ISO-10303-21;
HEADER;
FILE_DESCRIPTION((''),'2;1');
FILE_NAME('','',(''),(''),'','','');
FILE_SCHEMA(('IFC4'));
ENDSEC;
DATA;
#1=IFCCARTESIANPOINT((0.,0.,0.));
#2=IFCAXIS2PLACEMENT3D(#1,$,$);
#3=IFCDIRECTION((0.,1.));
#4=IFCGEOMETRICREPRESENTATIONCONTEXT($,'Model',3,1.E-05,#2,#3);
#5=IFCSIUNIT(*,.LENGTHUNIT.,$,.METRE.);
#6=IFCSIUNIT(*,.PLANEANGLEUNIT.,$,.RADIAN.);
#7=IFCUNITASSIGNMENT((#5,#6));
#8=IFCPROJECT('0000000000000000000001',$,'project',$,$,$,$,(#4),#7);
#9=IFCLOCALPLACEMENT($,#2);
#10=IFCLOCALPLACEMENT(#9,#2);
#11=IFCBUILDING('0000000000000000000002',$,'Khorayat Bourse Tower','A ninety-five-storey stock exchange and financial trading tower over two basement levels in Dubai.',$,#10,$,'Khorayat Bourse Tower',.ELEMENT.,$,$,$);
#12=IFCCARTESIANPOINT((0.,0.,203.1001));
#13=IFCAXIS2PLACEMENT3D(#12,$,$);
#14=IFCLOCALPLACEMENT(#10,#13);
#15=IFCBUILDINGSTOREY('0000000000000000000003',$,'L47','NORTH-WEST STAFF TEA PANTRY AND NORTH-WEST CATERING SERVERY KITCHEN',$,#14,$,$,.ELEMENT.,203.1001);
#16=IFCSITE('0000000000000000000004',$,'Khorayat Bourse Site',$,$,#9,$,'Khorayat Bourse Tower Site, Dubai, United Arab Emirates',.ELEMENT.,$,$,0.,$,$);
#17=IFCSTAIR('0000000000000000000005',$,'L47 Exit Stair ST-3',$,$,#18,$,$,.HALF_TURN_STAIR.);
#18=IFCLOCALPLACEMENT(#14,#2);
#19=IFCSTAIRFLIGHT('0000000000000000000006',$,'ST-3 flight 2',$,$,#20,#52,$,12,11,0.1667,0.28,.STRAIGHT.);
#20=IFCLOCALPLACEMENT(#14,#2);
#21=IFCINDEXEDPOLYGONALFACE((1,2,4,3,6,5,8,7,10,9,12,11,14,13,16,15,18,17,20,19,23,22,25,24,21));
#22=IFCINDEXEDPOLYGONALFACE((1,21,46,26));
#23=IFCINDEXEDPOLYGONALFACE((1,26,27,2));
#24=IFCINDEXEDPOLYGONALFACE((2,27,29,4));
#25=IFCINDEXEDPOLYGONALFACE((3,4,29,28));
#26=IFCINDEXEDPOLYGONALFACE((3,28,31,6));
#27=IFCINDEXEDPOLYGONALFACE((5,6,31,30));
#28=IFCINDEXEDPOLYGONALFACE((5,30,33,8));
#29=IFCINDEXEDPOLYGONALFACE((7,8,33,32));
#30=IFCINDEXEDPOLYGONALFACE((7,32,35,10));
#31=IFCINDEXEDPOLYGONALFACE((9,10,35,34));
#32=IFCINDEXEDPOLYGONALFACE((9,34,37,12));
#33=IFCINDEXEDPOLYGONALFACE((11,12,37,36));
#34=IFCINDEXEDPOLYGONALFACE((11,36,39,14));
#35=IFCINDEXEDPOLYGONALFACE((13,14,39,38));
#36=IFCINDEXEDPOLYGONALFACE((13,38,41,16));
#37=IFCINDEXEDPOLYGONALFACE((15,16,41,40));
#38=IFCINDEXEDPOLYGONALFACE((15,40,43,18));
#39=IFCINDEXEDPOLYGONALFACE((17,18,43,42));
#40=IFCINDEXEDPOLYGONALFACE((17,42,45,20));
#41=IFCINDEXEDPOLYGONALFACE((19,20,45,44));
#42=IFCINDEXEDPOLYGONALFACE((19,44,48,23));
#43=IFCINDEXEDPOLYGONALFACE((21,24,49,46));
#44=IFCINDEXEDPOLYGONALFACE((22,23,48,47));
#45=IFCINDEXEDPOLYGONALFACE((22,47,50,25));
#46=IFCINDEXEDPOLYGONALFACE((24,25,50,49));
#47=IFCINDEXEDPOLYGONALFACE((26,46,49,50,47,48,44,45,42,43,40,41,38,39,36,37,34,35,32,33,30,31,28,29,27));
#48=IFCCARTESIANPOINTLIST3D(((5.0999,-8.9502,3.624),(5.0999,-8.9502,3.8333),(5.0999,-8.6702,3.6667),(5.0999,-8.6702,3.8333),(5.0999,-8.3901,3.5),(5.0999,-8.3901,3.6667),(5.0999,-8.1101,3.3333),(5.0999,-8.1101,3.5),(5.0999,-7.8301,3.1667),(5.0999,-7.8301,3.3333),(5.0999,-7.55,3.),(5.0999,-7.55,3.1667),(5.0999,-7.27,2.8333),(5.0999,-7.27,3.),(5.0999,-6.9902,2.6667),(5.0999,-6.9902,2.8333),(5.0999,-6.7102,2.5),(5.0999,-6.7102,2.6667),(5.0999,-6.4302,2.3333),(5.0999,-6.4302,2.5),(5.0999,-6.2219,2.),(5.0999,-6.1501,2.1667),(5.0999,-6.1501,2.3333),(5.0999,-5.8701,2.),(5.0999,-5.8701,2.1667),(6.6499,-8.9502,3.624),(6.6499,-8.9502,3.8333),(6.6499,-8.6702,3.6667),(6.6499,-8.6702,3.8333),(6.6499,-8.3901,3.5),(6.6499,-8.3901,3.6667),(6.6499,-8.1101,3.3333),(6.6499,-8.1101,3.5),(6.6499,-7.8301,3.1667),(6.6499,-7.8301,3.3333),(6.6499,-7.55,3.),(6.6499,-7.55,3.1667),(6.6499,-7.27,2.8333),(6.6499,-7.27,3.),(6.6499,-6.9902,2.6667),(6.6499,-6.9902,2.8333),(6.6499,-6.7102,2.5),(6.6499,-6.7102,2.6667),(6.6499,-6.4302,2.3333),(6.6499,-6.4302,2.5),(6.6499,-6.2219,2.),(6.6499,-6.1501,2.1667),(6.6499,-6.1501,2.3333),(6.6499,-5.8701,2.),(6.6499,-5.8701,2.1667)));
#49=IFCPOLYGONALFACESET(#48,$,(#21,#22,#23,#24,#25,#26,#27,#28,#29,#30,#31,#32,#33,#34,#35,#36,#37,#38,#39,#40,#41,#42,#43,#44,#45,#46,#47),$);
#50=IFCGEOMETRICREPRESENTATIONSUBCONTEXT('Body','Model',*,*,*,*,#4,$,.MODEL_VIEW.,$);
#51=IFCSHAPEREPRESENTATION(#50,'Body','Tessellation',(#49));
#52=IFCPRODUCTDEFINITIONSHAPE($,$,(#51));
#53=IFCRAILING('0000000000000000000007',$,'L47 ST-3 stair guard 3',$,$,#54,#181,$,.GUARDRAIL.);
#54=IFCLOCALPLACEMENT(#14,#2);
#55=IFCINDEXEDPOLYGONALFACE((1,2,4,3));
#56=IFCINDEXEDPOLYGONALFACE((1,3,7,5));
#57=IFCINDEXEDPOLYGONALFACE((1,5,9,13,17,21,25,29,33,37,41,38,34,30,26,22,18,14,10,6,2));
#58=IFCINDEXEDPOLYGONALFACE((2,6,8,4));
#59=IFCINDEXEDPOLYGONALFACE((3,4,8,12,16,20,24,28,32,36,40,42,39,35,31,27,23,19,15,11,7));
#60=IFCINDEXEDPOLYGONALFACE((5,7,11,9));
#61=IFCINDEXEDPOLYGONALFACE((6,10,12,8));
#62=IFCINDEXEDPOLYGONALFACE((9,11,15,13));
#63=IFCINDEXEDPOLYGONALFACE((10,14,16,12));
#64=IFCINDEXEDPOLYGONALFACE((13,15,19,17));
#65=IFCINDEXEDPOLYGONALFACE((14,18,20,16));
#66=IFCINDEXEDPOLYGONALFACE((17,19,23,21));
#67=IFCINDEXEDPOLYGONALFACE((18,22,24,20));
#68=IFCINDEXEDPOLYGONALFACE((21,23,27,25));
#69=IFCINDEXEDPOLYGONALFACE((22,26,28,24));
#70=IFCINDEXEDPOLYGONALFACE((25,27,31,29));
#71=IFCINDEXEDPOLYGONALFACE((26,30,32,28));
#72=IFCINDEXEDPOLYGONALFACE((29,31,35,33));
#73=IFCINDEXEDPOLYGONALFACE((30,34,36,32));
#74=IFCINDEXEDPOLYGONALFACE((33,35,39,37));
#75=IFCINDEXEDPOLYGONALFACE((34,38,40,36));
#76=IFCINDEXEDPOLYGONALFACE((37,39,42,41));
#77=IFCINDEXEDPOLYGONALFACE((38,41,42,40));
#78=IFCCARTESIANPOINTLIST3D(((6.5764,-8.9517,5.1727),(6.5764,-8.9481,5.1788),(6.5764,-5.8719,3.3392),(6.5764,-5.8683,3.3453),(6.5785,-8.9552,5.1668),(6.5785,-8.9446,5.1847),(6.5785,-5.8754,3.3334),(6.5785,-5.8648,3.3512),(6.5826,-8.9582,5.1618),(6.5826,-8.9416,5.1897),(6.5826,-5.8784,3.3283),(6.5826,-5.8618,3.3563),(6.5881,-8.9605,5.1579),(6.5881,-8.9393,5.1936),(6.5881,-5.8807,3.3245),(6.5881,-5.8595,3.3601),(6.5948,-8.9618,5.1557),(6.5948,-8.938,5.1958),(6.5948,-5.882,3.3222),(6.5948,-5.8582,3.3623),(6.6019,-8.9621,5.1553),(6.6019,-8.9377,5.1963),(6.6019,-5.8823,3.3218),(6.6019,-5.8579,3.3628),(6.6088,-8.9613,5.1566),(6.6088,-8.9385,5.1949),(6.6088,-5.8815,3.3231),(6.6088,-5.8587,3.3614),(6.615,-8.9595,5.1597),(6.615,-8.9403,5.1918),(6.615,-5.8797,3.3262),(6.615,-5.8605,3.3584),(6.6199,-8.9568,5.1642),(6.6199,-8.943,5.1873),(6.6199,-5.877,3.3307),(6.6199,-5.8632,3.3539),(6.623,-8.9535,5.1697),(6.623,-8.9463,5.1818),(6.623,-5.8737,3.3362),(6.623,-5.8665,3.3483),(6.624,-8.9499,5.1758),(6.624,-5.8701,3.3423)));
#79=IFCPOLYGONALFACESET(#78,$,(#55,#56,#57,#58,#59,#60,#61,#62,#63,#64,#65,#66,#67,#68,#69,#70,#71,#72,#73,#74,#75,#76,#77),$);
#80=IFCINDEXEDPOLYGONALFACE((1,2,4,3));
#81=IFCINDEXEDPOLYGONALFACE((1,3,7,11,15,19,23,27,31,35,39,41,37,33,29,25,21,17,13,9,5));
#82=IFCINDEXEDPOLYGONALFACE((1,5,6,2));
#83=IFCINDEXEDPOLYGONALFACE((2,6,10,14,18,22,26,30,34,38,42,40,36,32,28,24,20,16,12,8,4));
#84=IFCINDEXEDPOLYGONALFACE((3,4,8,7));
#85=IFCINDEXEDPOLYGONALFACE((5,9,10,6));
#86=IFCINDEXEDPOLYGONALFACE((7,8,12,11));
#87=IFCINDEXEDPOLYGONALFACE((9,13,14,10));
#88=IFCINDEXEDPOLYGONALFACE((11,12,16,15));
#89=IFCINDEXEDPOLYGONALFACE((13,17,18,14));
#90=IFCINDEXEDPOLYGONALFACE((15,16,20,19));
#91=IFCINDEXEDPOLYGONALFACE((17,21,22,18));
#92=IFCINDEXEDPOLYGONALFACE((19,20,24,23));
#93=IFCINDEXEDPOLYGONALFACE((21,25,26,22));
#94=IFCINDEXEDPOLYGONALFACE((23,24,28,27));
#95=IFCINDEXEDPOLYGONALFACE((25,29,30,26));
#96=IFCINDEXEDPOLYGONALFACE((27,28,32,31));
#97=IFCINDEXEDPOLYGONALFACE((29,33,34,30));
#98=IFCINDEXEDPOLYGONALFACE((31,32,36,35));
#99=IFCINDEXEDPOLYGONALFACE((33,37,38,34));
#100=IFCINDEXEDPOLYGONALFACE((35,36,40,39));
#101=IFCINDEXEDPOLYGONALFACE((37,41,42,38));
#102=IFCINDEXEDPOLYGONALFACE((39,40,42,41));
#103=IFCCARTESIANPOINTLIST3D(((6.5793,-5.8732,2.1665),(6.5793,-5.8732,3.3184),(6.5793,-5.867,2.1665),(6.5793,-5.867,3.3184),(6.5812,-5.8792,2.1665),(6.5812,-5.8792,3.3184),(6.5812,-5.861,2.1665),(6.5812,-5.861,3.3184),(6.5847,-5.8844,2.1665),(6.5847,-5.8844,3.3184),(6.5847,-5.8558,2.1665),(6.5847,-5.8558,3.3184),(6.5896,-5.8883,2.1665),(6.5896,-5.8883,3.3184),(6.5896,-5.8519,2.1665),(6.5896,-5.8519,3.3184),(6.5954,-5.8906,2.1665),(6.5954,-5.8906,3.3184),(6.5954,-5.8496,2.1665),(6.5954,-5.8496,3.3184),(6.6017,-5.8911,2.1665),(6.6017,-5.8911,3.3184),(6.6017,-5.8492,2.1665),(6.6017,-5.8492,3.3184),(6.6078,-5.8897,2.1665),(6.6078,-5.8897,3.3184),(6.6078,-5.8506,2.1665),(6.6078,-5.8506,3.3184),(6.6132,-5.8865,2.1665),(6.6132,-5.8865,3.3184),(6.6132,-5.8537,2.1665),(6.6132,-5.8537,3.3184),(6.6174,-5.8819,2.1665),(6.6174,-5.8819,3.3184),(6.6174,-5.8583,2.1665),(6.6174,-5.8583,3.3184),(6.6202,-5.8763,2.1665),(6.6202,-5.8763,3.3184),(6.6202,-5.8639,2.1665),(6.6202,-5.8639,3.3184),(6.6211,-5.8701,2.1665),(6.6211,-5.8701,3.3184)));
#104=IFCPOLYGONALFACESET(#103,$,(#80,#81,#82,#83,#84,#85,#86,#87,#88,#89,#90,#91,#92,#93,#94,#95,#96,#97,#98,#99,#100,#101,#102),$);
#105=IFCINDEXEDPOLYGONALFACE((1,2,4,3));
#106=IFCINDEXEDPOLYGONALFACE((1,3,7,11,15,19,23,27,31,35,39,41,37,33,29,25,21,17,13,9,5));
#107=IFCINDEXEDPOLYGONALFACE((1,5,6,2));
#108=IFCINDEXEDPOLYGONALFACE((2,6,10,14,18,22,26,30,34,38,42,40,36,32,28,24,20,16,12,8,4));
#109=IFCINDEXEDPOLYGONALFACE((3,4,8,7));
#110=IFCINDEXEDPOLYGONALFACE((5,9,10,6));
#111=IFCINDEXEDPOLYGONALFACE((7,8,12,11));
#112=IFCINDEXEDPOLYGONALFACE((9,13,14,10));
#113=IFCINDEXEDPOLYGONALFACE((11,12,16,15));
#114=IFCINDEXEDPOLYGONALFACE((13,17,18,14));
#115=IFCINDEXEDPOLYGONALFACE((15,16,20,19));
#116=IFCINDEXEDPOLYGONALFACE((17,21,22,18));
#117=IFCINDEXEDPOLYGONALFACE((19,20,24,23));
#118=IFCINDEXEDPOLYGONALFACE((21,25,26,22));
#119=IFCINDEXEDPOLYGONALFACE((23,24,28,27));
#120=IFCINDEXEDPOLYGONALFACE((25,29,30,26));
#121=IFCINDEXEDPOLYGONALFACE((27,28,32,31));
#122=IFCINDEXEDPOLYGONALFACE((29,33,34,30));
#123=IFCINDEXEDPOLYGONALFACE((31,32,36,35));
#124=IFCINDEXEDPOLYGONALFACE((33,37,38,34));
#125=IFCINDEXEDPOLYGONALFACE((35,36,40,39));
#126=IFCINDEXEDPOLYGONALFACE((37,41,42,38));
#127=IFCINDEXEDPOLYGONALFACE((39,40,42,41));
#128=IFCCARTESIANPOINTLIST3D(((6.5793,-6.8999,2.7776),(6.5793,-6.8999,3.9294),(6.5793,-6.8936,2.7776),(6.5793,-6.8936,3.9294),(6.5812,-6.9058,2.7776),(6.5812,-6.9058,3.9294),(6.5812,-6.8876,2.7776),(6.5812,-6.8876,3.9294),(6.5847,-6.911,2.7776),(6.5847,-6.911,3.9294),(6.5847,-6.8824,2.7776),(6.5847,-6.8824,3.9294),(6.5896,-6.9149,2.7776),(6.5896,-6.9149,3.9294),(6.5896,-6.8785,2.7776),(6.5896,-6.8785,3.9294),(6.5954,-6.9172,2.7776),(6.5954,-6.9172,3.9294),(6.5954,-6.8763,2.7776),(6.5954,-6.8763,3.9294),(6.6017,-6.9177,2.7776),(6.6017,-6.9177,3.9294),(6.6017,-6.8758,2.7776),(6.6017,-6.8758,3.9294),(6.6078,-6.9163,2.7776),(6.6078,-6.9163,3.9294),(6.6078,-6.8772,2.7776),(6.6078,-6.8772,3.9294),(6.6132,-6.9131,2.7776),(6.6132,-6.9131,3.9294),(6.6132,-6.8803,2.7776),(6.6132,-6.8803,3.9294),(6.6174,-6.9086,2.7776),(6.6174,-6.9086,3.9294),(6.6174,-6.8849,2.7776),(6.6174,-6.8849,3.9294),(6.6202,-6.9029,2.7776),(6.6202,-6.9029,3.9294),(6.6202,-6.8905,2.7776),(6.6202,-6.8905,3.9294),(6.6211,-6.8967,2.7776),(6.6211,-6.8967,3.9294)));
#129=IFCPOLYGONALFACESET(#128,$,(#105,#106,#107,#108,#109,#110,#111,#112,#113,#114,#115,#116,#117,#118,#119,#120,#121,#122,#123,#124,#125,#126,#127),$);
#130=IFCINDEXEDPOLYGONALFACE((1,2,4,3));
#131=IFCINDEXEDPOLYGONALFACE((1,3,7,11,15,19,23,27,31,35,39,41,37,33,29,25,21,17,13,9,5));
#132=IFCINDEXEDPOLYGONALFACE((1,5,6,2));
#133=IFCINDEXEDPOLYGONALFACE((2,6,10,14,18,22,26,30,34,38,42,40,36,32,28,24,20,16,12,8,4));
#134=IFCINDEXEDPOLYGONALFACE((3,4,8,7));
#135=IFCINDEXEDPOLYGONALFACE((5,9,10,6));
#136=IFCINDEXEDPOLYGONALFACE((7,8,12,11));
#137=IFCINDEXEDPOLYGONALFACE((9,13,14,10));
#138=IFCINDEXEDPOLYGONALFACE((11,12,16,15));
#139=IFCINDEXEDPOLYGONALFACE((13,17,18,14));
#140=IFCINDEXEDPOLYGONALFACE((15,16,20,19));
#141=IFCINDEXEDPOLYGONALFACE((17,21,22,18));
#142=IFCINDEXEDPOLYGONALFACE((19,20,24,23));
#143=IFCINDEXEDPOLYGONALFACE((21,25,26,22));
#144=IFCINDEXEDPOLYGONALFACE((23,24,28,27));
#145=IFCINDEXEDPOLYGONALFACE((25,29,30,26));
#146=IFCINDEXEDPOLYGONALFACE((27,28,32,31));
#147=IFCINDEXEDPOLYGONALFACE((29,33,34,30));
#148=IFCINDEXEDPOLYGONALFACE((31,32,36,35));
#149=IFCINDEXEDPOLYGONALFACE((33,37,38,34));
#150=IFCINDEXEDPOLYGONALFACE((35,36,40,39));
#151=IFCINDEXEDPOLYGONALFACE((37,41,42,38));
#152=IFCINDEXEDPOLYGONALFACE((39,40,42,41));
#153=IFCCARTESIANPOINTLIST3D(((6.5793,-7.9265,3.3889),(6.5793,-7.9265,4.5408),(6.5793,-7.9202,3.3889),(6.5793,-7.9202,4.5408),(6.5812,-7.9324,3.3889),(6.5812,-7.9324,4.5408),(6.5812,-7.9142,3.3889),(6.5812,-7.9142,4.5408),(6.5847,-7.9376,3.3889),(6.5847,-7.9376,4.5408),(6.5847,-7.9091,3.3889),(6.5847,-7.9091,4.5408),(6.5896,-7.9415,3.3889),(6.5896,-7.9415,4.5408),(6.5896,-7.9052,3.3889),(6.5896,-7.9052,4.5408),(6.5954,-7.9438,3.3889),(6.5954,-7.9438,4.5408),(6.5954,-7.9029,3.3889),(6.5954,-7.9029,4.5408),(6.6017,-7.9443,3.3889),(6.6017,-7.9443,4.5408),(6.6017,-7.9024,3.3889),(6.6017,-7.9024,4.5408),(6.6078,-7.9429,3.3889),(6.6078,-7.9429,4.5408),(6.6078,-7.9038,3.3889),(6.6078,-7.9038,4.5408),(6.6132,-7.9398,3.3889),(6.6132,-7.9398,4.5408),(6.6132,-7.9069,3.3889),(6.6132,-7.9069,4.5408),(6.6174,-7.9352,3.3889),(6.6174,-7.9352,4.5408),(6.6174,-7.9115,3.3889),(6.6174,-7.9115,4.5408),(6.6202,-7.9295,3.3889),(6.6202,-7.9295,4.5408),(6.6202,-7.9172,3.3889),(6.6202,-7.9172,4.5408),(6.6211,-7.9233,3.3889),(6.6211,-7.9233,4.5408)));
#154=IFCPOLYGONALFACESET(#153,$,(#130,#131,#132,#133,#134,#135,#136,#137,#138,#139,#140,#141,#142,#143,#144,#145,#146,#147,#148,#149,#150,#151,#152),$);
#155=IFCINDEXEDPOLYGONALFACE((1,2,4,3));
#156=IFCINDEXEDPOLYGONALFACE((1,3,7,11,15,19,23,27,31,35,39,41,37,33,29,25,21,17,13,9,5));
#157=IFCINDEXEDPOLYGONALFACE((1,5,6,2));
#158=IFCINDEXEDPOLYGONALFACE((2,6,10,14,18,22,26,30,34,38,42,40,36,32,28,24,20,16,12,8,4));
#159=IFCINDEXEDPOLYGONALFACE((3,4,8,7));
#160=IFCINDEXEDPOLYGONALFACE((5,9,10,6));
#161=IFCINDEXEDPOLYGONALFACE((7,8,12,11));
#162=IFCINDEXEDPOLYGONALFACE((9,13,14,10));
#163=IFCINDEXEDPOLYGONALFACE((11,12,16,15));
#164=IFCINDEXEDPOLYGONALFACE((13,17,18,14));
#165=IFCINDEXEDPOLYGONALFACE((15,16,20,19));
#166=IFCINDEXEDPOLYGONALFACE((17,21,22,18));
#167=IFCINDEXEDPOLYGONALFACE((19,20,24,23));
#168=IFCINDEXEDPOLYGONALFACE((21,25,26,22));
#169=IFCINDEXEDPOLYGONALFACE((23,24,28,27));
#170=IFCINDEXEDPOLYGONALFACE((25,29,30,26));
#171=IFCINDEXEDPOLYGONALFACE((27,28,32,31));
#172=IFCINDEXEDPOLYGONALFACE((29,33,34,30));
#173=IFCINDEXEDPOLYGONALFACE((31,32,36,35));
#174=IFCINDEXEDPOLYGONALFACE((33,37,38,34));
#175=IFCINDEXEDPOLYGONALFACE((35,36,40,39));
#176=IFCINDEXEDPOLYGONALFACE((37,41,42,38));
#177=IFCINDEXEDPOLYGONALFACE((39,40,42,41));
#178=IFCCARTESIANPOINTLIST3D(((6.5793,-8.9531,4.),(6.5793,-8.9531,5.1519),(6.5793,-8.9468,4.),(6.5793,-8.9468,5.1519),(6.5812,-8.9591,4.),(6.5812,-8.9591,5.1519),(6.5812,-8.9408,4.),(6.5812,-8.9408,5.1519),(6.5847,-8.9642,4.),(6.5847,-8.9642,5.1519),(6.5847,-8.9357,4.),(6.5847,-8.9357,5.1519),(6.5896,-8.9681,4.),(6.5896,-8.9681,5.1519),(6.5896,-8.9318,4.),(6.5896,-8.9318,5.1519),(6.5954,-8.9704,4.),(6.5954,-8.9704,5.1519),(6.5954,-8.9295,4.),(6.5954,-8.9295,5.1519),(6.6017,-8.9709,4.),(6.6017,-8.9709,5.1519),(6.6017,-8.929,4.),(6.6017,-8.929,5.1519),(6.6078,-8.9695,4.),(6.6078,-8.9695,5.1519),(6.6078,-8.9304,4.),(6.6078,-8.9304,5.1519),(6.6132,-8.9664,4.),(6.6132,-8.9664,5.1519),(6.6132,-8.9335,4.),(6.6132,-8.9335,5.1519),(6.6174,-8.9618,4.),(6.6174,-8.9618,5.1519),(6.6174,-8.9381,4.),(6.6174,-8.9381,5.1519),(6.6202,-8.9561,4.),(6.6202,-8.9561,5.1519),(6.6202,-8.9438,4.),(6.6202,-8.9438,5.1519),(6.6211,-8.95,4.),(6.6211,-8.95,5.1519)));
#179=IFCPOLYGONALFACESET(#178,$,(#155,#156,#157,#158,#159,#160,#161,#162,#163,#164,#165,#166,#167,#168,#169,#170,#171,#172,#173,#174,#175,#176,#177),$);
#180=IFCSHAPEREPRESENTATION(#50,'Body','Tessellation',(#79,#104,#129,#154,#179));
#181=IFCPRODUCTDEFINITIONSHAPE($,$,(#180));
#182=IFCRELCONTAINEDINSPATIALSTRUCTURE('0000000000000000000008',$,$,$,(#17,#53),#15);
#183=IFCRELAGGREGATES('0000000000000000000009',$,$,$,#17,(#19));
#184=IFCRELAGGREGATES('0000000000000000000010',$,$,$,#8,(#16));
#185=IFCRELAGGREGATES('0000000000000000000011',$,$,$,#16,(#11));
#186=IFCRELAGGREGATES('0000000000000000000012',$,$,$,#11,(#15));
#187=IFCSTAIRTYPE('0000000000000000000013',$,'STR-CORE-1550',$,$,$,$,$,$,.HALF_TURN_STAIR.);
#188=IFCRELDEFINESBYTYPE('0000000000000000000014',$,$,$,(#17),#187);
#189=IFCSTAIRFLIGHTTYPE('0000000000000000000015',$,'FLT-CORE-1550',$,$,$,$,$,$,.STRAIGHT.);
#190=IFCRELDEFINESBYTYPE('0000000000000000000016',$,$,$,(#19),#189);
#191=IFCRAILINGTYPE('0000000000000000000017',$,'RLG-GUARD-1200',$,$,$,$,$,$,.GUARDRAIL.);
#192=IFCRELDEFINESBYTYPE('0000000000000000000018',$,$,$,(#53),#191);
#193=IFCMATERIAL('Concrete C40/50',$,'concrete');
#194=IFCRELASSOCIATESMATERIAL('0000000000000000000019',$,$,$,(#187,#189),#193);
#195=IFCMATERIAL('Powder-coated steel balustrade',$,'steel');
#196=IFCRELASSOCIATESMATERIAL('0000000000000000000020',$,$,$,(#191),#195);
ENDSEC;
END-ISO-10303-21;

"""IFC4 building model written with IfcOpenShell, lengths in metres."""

from ifc_helpers import new_model, si_unit, direction, frame, origin, origin_2d, place, context, subcontext, project, spatial, polyline, circle, outline, extrude, source, transform, mapped, material, type_object, element, aggregate, save


model = new_model("IFC4")

# Units and contexts
model_context = context("Model", 3, precision=1e-05, world=origin(), true_north=direction((0.0, 1.0)))
body_context = subcontext(model_context, "Body", "Model", "MODEL_VIEW")
ifc_project = project(units=[si_unit("LENGTHUNIT", "METRE"), si_unit("PLANEANGLEUNIT", "RADIAN")], contexts=[model_context])

# Site, building, storey
site_placement = place(None, origin())
site = spatial("IfcSite", under=ifc_project, at=site_placement, Name="Khorayat Bourse Site", LongName="Khorayat Bourse Tower Site, Dubai, United Arab Emirates", CompositionType="ELEMENT", RefElevation=0.0)
building_placement = place(site_placement, origin())
building = spatial("IfcBuilding", under=site, at=building_placement, Name="Khorayat Bourse Tower", Description="A ninety-five-storey stock exchange and financial trading tower over two basement levels in Dubai.", LongName="Khorayat Bourse Tower", CompositionType="ELEMENT")
storey_placement = place(building_placement, frame((0.0, 0.0, 203.1001)))
storey = spatial("IfcBuildingStorey", under=building, at=storey_placement, Name="L47", Description="NORTH-WEST STAFF TEA PANTRY AND NORTH-WEST CATERING SERVERY KITCHEN", CompositionType="ELEMENT", Elevation=203.1001)

# Shared definitions
ifc_material_1 = material(Name="Concrete C40/50", Category="concrete")
stair_type = type_object("IfcStairType", Name="STR-CORE-1550", PredefinedType="HALF_TURN_STAIR", material=ifc_material_1)

# Stair, stair flight
stair_1_placement = place(storey_placement, origin())
stair_1 = element("IfcStair", 1, at=stair_1_placement, inside=storey, type_object=stair_type, Name="L47 Exit Stair ST-3", PredefinedType="HALF_TURN_STAIR")
stair_flight_type = type_object("IfcStairFlightType", Name="FLT-CORE-1550", PredefinedType="STRAIGHT", material=ifc_material_1)
shared_shape_1 = source(origin(), body_context, "Body", "SweptSolid", [
    extrude(outline(polyline([(0.0, 0.0), (0.0, 0.1667), (0.28, 0.1667), (0.28, 0.3333), (0.5601, 0.3333), (0.5601, 0.5), (0.8401, 0.5), (0.8401, 0.6667), (1.1201, 0.6667), (1.1201, 0.8333), (1.3999, 0.8333), (1.3999, 1.0), (1.6799, 1.0), (1.6799, 1.1667), (1.96, 1.1667), (1.96, 1.3333), (2.24, 1.3333), (2.24, 1.5), (2.52, 1.5), (2.52, 1.6667), (2.8, 1.6667), (2.8, 1.8333), (3.0801, 1.8333), (3.0801, 2.0), (3.0801, 1.624), (0.3518, 0.0), (0.0, 0.0)])), frame((0.0, 0.7749, 0.0), z_axis=(0.0, -1.0, 0.0), x_axis=(1.0, 0.0, 0.0)), (0.0, 0.0, 1.0), 1.55),
])
stair_flight_placement = place(storey_placement, frame((5.875, -5.8701, 2.0), z_axis=(0.0, 0.0, 1.0), x_axis=(0.0, -1.0, 0.0)))
stair_flight = element("IfcStairFlight", 2, at=stair_flight_placement, type_object=stair_flight_type, Name="ST-3 flight 2", NumberOfRisers=12, NumberOfTreads=11, PredefinedType="STRAIGHT", RiserHeight=0.1667, TreadLength=0.28, context=body_context, shape_type="MappedRepresentation", body=[
    mapped(shared_shape_1, transform((0.0, 0.0, 0.0), scale=1.0)),
])
aggregate(stair_1, [stair_flight])

# Railing
ifc_material_2 = material(Name="Powder-coated steel balustrade", Category="steel")
railing_type_1 = type_object("IfcRailingType", Name="RLG-GUARD-1200", PredefinedType="GUARDRAIL", material=ifc_material_2)
shared_shape_2 = source(origin(), body_context, "Body", "SweptSolid", [
    extrude(circle(Radius=0.0239, at=origin_2d()), frame((0.0, 0.0, 1.1758), z_axis=(0.0, -0.859261, 0.511538), x_axis=(1.0, 0.0, 0.0)), (0.0, 0.0, 1.0), 3.5842),
    extrude(circle(Radius=0.021, at=origin_2d()), origin(), (0.0, 0.0, 1.0), 1.1519),
    extrude(circle(Radius=0.021, at=origin_2d()), frame((0.0, -1.0266, 0.6111)), (0.0, 0.0, 1.0), 1.1519),
    extrude(circle(Radius=0.021, at=origin_2d()), frame((0.0, -2.0532, 1.2224)), (0.0, 0.0, 1.0), 1.1519),
    extrude(circle(Radius=0.021, at=origin_2d()), frame((0.0, -3.0798, 1.8335)), (0.0, 0.0, 1.0), 1.1519),
])
railing_1_placement = place(storey_placement, frame((6.6001, -5.8701, 2.1665)))
element("IfcRailing", 3, at=railing_1_placement, inside=storey, type_object=railing_type_1, Name="L47 ST-3 stair guard 3", PredefinedType="GUARDRAIL", context=body_context, shape_type="MappedRepresentation", body=[
    mapped(shared_shape_2, transform((0.0, 0.0, 0.0), scale=1.0)),
])

save(model, "model.ifc")
